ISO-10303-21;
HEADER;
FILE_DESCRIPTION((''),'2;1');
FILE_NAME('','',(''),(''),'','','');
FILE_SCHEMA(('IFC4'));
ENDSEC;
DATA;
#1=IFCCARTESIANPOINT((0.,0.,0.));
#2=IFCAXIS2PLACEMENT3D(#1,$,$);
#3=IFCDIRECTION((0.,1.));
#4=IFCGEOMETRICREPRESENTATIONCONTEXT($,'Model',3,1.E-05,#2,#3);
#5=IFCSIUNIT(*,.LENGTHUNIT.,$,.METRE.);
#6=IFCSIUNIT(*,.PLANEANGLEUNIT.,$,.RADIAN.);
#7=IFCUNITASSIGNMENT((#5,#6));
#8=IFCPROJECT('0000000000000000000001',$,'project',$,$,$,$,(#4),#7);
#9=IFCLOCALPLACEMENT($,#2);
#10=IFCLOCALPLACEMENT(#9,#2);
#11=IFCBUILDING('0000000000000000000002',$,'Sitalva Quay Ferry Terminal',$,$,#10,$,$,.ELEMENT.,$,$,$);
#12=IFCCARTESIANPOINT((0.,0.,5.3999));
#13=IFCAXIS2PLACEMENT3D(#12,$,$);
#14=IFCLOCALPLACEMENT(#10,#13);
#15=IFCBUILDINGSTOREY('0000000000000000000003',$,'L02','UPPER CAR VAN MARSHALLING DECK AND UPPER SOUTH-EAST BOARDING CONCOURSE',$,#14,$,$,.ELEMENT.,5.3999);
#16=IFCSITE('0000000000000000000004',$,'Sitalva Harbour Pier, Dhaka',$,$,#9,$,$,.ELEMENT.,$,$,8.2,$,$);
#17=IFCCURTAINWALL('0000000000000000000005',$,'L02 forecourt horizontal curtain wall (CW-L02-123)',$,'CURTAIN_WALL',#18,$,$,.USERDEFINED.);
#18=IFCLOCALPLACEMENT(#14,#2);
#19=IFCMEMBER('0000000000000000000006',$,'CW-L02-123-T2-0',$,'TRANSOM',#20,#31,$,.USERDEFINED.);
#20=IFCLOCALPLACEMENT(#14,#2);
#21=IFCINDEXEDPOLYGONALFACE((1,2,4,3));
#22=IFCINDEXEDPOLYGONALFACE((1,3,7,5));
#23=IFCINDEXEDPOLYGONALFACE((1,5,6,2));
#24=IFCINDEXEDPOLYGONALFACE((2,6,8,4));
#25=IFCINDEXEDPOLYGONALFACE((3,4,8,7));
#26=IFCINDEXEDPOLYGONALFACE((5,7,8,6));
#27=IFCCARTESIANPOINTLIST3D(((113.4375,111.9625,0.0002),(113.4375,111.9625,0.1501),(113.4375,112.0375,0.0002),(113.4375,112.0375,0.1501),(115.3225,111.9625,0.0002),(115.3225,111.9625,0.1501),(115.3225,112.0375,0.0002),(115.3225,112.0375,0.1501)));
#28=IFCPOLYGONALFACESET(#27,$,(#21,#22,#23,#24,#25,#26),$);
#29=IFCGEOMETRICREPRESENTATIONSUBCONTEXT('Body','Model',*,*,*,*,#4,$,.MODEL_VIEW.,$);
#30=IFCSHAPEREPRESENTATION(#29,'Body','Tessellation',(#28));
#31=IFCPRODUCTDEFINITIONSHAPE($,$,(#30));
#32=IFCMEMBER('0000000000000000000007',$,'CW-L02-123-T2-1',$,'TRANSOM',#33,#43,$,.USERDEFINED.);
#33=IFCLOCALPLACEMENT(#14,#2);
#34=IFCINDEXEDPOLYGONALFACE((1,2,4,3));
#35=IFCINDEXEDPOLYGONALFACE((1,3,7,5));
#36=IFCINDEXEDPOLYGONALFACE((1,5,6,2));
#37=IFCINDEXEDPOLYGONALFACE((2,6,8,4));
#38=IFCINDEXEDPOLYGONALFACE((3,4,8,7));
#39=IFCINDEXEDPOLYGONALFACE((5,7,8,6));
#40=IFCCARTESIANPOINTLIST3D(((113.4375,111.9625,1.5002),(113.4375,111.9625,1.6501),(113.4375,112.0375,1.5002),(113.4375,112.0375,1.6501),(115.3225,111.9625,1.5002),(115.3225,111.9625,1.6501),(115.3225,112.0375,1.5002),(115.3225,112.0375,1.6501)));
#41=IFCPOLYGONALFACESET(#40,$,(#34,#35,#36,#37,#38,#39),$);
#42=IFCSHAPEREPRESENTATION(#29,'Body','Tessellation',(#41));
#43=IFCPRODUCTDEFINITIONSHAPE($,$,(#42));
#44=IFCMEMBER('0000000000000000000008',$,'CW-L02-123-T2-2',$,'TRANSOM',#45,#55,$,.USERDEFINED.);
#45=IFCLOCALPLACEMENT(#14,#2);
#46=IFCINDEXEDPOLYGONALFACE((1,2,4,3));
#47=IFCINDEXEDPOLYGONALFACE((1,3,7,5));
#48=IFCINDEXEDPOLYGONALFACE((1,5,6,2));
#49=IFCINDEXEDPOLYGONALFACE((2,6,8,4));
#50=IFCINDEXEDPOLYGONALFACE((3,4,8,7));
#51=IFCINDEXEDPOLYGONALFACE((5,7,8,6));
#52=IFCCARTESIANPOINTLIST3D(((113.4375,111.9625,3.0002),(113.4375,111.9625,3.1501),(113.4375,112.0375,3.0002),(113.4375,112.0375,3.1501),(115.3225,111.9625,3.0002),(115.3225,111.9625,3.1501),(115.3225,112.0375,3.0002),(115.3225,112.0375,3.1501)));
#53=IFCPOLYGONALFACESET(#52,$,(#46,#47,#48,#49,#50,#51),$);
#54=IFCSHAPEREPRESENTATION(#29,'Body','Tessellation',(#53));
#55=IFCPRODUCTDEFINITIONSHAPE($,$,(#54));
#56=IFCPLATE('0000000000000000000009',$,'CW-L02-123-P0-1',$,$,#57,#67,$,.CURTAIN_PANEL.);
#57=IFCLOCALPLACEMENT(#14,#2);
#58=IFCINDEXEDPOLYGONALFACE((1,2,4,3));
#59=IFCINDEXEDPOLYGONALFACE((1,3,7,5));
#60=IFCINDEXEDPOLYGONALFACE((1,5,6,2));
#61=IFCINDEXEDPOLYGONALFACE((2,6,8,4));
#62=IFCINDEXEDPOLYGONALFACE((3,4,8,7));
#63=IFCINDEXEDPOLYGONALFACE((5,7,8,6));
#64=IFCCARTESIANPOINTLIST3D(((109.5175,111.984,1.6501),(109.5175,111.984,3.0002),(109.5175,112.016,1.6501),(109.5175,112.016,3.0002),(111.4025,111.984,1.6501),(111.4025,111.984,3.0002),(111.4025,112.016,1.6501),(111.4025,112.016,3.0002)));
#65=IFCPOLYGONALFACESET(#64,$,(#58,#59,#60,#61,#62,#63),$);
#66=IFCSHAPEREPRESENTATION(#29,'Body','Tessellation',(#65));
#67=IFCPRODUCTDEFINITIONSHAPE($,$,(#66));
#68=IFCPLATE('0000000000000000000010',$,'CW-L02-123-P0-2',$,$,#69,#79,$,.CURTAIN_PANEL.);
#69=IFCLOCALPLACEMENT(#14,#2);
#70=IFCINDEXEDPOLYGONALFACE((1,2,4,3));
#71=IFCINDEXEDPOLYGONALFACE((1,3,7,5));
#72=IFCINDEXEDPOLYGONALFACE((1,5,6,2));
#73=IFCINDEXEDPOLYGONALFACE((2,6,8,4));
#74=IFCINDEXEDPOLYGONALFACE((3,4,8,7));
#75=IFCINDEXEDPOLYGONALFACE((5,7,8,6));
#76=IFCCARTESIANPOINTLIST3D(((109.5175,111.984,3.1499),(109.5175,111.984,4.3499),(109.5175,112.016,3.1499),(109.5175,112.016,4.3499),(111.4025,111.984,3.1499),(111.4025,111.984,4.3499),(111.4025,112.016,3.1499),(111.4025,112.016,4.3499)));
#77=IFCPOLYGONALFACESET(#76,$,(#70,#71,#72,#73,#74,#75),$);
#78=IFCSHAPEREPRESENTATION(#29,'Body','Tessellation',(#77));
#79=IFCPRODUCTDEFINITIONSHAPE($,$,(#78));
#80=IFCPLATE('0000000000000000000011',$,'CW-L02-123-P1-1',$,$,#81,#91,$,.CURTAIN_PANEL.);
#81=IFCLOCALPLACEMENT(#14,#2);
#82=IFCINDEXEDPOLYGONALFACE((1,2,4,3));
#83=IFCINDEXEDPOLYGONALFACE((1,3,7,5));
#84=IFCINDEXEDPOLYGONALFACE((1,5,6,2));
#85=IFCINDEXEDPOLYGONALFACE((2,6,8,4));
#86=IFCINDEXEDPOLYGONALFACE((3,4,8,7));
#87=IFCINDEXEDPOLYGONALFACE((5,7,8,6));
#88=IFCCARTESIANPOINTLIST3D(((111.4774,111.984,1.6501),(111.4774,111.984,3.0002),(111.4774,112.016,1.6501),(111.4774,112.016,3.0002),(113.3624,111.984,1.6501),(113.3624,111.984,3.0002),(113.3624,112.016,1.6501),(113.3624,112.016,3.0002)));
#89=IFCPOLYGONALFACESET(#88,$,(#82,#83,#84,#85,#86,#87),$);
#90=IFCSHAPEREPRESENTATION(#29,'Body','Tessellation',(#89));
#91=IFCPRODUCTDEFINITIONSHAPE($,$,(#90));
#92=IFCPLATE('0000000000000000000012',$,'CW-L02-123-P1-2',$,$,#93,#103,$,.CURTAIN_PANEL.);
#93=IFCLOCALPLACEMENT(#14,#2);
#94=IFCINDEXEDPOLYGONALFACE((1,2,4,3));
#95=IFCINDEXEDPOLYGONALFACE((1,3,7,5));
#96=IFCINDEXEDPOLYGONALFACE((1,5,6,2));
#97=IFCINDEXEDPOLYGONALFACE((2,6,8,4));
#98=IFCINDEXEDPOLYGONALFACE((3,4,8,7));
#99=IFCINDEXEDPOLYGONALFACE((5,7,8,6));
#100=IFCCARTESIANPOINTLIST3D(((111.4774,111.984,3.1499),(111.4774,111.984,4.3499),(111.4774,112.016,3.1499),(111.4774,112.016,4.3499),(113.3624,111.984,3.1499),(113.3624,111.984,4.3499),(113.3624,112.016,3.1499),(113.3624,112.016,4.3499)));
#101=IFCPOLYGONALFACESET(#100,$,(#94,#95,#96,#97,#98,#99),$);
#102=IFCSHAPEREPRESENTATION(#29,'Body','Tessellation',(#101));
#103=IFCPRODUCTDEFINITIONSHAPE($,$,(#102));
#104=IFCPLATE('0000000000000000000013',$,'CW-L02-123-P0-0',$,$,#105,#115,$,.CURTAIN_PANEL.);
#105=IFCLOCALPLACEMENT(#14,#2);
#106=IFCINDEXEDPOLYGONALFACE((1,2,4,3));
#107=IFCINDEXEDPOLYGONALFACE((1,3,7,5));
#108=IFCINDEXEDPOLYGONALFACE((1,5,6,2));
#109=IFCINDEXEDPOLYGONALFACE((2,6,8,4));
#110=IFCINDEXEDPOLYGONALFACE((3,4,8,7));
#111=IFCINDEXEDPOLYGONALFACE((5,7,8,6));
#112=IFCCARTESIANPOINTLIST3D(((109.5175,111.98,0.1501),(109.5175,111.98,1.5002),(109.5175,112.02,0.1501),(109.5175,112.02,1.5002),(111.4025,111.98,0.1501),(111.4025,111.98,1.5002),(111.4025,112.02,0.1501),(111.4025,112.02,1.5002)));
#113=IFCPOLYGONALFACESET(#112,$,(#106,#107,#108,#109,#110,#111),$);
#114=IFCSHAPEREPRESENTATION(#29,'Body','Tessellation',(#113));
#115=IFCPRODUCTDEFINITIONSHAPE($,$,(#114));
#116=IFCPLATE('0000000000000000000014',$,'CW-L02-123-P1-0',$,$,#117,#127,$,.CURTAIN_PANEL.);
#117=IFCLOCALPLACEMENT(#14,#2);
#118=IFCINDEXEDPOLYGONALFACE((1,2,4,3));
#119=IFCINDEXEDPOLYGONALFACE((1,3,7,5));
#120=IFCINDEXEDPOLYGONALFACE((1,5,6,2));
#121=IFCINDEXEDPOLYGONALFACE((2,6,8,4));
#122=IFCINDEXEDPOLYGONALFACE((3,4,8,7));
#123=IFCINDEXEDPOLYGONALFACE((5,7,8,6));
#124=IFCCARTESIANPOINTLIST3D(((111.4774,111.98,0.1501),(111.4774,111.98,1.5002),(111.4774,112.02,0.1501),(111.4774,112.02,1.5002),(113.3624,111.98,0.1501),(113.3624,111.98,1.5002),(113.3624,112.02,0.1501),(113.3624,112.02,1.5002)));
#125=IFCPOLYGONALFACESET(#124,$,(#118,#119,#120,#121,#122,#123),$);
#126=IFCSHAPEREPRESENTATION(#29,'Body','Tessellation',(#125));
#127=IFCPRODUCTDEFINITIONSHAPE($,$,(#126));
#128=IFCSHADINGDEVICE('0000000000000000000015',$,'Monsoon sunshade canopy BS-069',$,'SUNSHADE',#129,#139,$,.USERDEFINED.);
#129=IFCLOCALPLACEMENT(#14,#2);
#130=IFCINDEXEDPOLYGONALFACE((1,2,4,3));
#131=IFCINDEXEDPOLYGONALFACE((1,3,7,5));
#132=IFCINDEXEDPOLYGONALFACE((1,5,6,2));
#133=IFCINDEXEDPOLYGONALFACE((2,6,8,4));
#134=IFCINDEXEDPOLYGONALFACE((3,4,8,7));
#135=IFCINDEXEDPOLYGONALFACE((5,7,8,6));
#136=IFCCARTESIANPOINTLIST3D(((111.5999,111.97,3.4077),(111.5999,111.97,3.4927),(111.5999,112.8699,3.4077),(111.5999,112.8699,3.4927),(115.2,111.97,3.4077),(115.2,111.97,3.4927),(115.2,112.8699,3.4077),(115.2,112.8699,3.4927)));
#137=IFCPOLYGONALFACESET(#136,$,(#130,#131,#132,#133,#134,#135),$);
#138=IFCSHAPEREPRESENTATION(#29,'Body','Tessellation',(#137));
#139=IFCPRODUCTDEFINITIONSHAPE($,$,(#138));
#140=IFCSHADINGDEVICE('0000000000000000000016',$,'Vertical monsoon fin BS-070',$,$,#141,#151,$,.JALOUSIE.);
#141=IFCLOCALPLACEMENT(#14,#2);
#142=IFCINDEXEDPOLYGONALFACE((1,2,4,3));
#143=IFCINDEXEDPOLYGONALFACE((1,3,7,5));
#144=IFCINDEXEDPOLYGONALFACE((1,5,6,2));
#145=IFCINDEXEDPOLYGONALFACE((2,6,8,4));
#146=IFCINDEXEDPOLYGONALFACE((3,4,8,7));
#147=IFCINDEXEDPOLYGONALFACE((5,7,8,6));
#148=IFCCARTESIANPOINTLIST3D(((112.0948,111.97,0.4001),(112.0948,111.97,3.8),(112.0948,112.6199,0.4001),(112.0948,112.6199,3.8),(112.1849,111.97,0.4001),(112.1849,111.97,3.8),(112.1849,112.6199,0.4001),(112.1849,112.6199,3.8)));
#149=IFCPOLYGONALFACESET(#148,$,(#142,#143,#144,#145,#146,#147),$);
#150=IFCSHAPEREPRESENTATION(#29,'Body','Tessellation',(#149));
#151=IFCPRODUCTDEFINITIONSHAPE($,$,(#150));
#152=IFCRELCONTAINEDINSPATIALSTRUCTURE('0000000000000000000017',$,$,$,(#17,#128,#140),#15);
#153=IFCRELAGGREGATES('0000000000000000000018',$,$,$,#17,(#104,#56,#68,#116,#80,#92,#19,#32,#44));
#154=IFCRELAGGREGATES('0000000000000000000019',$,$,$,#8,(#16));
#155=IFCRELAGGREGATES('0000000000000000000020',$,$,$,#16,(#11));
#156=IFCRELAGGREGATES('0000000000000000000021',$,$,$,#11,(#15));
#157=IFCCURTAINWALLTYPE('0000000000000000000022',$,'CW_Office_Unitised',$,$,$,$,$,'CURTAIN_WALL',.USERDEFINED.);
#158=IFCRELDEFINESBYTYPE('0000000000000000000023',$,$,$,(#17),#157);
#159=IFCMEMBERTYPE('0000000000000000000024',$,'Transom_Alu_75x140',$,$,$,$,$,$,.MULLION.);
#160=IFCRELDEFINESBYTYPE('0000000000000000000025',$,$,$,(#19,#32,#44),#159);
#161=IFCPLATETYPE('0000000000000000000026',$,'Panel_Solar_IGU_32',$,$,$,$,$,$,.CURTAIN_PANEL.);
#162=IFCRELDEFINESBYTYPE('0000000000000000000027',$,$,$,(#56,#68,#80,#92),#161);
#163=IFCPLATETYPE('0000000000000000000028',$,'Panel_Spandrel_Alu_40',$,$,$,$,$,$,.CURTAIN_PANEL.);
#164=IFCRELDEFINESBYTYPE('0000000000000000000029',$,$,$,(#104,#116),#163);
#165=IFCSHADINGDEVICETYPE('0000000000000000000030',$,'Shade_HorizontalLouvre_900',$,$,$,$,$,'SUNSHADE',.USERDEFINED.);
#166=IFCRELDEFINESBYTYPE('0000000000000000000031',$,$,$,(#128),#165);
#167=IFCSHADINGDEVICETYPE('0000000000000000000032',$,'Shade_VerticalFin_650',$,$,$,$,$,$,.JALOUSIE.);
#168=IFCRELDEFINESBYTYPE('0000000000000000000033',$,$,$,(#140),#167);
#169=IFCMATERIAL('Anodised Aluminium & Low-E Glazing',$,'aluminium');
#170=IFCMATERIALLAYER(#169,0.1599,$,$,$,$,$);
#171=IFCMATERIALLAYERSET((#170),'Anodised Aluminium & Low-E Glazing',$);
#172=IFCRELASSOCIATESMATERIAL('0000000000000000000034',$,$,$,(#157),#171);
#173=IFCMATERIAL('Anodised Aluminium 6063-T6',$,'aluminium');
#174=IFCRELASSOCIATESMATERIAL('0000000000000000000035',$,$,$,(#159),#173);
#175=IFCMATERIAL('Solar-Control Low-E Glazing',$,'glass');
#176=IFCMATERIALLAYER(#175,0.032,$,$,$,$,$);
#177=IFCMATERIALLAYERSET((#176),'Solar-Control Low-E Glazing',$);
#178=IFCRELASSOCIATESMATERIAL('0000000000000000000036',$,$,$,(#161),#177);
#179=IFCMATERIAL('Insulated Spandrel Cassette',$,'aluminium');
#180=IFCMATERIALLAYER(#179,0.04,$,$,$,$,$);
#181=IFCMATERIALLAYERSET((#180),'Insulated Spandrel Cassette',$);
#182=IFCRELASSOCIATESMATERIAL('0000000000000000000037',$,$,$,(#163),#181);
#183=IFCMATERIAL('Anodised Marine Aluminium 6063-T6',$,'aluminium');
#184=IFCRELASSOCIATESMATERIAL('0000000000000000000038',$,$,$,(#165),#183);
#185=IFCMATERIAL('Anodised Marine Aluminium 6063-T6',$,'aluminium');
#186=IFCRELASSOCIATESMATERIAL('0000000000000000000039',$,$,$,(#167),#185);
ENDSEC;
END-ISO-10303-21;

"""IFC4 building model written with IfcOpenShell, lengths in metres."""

from ifc_helpers import new_model, si_unit, direction, frame, origin, origin_2d, place, context, subcontext, project, spatial, rectangle, extrude, material, layer, layer_set, material_profile, profile_set, type_object, element, aggregate, save


model = new_model("IFC4")

# Units and contexts
model_context = context("Model", 3, precision=1e-05, world=origin(), true_north=direction((0.0, 1.0)))
body_context = subcontext(model_context, "Body", "Model", "MODEL_VIEW")
ifc_project = project(units=[si_unit("LENGTHUNIT", "METRE"), si_unit("PLANEANGLEUNIT", "RADIAN")], contexts=[model_context])

# Site, building, storey
site_placement = place(None, origin())
site = spatial("IfcSite", under=ifc_project, at=site_placement, Name="Sitalva Harbour Pier, Dhaka", CompositionType="ELEMENT", RefElevation=8.2)
building_placement = place(site_placement, origin())
building = spatial("IfcBuilding", under=site, at=building_placement, Name="Sitalva Quay Ferry Terminal", CompositionType="ELEMENT")
storey_placement = place(building_placement, frame((0.0, 0.0, 5.3999)))
storey = spatial("IfcBuildingStorey", under=building, at=storey_placement, Name="L02", Description="UPPER CAR VAN MARSHALLING DECK AND UPPER SOUTH-EAST BOARDING CONCOURSE", CompositionType="ELEMENT", Elevation=5.3999)

# Curtain wall, members, plates
ifc_material_1 = material(Name="Anodised Aluminium & Low-E Glazing", Category="aluminium")
ifc_layer_1 = layer(ifc_material_1, 0.1599)
ifc_layer_set_1 = layer_set([ifc_layer_1], Name="Anodised Aluminium & Low-E Glazing")
curtain_wall_type = type_object("IfcCurtainWallType", Name="CW_Office_Unitised", ElementType="CURTAIN_WALL", PredefinedType="USERDEFINED", material=ifc_layer_set_1)
curtain_wall_placement = place(storey_placement, origin())
curtain_wall = element("IfcCurtainWall", 1, at=curtain_wall_placement, inside=storey, type_object=curtain_wall_type, Name="L02 forecourt horizontal curtain wall (CW-L02-123)", ObjectType="CURTAIN_WALL", PredefinedType="USERDEFINED")
ifc_material_2 = material(Name="Anodised Aluminium 6063-T6", Category="aluminium")
ifc_material_profile_1 = material_profile(ifc_material_2, rectangle(XDim=0.075, YDim=0.1499, at=origin_2d()), Name="ALU75x150")
ifc_profile_set_1 = profile_set([ifc_material_profile_1], Name="Anodised Aluminium 6063-T6")
member_type_1 = type_object("IfcMemberType", Name="Transom_Alu_75x140", PredefinedType="MULLION", material=ifc_profile_set_1)
member_1_placement = place(storey_placement, frame((113.4375, 112.0, 0.0752), z_axis=(1.0, 0.0, 0.0), x_axis=(0.0, 1.0, 0.0)))
member_1 = element("IfcMember", 2, at=member_1_placement, type_object=member_type_1, Name="CW-L02-123-T2-0", ObjectType="TRANSOM", PredefinedType="USERDEFINED", context=body_context, shape_type="SweptSolid", body=[
    extrude(rectangle(XDim=0.075, YDim=0.1499, at=origin_2d()), origin(), (0.0, 0.0, 1.0), 1.885),
])
member_2_placement = place(storey_placement, frame((113.4375, 112.0, 1.5752), z_axis=(1.0, 0.0, 0.0), x_axis=(0.0, 1.0, 0.0)))
member_2 = element("IfcMember", 3, at=member_2_placement, type_object=member_type_1, Name="CW-L02-123-T2-1", ObjectType="TRANSOM", PredefinedType="USERDEFINED", context=body_context, shape_type="SweptSolid", body=[
    extrude(rectangle(XDim=0.075, YDim=0.1499, at=origin_2d()), origin(), (0.0, 0.0, 1.0), 1.885),
])
member_3_placement = place(storey_placement, frame((113.4375, 112.0, 3.0752), z_axis=(1.0, 0.0, 0.0), x_axis=(0.0, 1.0, 0.0)))
member_3 = element("IfcMember", 4, at=member_3_placement, type_object=member_type_1, Name="CW-L02-123-T2-2", ObjectType="TRANSOM", PredefinedType="USERDEFINED", context=body_context, shape_type="SweptSolid", body=[
    extrude(rectangle(XDim=0.075, YDim=0.1499, at=origin_2d()), origin(), (0.0, 0.0, 1.0), 1.885),
])
ifc_material_3 = material(Name="Solar-Control Low-E Glazing", Category="glass")
ifc_layer_2 = layer(ifc_material_3, 0.032)
ifc_layer_set_2 = layer_set([ifc_layer_2], Name="Solar-Control Low-E Glazing")
plate_type_1 = type_object("IfcPlateType", Name="Panel_Solar_IGU_32", PredefinedType="CURTAIN_PANEL", material=ifc_layer_set_2)
plate_1_placement = place(storey_placement, frame((110.46, 112.0, 1.6501), z_axis=(0.0, 0.0, 1.0), x_axis=(1.0, 0.0, 0.0)))
plate_1 = element("IfcPlate", 5, at=plate_1_placement, type_object=plate_type_1, Name="CW-L02-123-P0-1", PredefinedType="CURTAIN_PANEL", context=body_context, shape_type="SweptSolid", body=[
    extrude(rectangle(XDim=1.885, YDim=0.032, at=origin_2d()), origin(), (0.0, 0.0, 1.0), 1.3501),
])
plate_2_placement = place(storey_placement, frame((110.46, 112.0, 3.1499), z_axis=(0.0, 0.0, 1.0), x_axis=(1.0, 0.0, 0.0)))
plate_2 = element("IfcPlate", 6, at=plate_2_placement, type_object=plate_type_1, Name="CW-L02-123-P0-2", PredefinedType="CURTAIN_PANEL", context=body_context, shape_type="SweptSolid", body=[
    extrude(rectangle(XDim=1.885, YDim=0.032, at=origin_2d()), origin(), (0.0, 0.0, 1.0), 1.2),
])
plate_3_placement = place(storey_placement, frame((112.4199, 112.0, 1.6501), z_axis=(0.0, 0.0, 1.0), x_axis=(1.0, 0.0, 0.0)))
plate_3 = element("IfcPlate", 7, at=plate_3_placement, type_object=plate_type_1, Name="CW-L02-123-P1-1", PredefinedType="CURTAIN_PANEL", context=body_context, shape_type="SweptSolid", body=[
    extrude(rectangle(XDim=1.885, YDim=0.032, at=origin_2d()), origin(), (0.0, 0.0, 1.0), 1.3501),
])
plate_4_placement = place(storey_placement, frame((112.4199, 112.0, 3.1499), z_axis=(0.0, 0.0, 1.0), x_axis=(1.0, 0.0, 0.0)))
plate_4 = element("IfcPlate", 8, at=plate_4_placement, type_object=plate_type_1, Name="CW-L02-123-P1-2", PredefinedType="CURTAIN_PANEL", context=body_context, shape_type="SweptSolid", body=[
    extrude(rectangle(XDim=1.885, YDim=0.032, at=origin_2d()), origin(), (0.0, 0.0, 1.0), 1.2),
])
ifc_material_4 = material(Name="Insulated Spandrel Cassette", Category="aluminium")
ifc_layer_3 = layer(ifc_material_4, 0.04)
ifc_layer_set_3 = layer_set([ifc_layer_3], Name="Insulated Spandrel Cassette")
plate_type_2 = type_object("IfcPlateType", Name="Panel_Spandrel_Alu_40", PredefinedType="CURTAIN_PANEL", material=ifc_layer_set_3)
plate_5_placement = place(storey_placement, frame((110.46, 112.0, 0.1501), z_axis=(0.0, 0.0, 1.0), x_axis=(1.0, 0.0, 0.0)))
plate_5 = element("IfcPlate", 9, at=plate_5_placement, type_object=plate_type_2, Name="CW-L02-123-P0-0", PredefinedType="CURTAIN_PANEL", context=body_context, shape_type="SweptSolid", body=[
    extrude(rectangle(XDim=1.885, YDim=0.04, at=origin_2d()), origin(), (0.0, 0.0, 1.0), 1.3501),
])
plate_6_placement = place(storey_placement, frame((112.4199, 112.0, 0.1501), z_axis=(0.0, 0.0, 1.0), x_axis=(1.0, 0.0, 0.0)))
plate_6 = element("IfcPlate", 10, at=plate_6_placement, type_object=plate_type_2, Name="CW-L02-123-P1-0", PredefinedType="CURTAIN_PANEL", context=body_context, shape_type="SweptSolid", body=[
    extrude(rectangle(XDim=1.885, YDim=0.04, at=origin_2d()), origin(), (0.0, 0.0, 1.0), 1.3501),
])
aggregate(curtain_wall, [plate_5, plate_1, plate_2, plate_6, plate_3, plate_4, member_1, member_2, member_3])

# Shading devices
ifc_material_5 = material(Name="Anodised Marine Aluminium 6063-T6", Category="aluminium")
shading_device_type_1 = type_object("IfcShadingDeviceType", Name="Shade_HorizontalLouvre_900", ElementType="SUNSHADE", PredefinedType="USERDEFINED", material=ifc_material_5)
shading_device_1_placement = place(storey_placement, frame((113.3999, 112.4199, 3.4077), z_axis=(0.0, 0.0, 1.0), x_axis=(1.0, 0.0, 0.0)))
element("IfcShadingDevice", 11, at=shading_device_1_placement, inside=storey, type_object=shading_device_type_1, Name="Monsoon sunshade canopy BS-069", ObjectType="SUNSHADE", PredefinedType="USERDEFINED", context=body_context, shape_type="SweptSolid", body=[
    extrude(rectangle(XDim=3.6001, YDim=0.8999, at=origin_2d()), origin(), (0.0, 0.0, 1.0), 0.085),
])
ifc_material_6 = material(Name="Anodised Marine Aluminium 6063-T6", Category="aluminium")
shading_device_type_2 = type_object("IfcShadingDeviceType", Name="Shade_VerticalFin_650", PredefinedType="JALOUSIE", material=ifc_material_6)
shading_device_2_placement = place(storey_placement, frame((112.1399, 112.2949, 0.4001), z_axis=(0.0, 0.0, 1.0), x_axis=(1.0, 0.0, 0.0)))
element("IfcShadingDevice", 12, at=shading_device_2_placement, inside=storey, type_object=shading_device_type_2, Name="Vertical monsoon fin BS-070", PredefinedType="JALOUSIE", context=body_context, shape_type="SweptSolid", body=[
    extrude(rectangle(XDim=0.0901, YDim=0.6499, at=origin_2d()), origin(), (0.0, 0.0, 1.0), 3.3999),
])

save(model, "model.ifc")
